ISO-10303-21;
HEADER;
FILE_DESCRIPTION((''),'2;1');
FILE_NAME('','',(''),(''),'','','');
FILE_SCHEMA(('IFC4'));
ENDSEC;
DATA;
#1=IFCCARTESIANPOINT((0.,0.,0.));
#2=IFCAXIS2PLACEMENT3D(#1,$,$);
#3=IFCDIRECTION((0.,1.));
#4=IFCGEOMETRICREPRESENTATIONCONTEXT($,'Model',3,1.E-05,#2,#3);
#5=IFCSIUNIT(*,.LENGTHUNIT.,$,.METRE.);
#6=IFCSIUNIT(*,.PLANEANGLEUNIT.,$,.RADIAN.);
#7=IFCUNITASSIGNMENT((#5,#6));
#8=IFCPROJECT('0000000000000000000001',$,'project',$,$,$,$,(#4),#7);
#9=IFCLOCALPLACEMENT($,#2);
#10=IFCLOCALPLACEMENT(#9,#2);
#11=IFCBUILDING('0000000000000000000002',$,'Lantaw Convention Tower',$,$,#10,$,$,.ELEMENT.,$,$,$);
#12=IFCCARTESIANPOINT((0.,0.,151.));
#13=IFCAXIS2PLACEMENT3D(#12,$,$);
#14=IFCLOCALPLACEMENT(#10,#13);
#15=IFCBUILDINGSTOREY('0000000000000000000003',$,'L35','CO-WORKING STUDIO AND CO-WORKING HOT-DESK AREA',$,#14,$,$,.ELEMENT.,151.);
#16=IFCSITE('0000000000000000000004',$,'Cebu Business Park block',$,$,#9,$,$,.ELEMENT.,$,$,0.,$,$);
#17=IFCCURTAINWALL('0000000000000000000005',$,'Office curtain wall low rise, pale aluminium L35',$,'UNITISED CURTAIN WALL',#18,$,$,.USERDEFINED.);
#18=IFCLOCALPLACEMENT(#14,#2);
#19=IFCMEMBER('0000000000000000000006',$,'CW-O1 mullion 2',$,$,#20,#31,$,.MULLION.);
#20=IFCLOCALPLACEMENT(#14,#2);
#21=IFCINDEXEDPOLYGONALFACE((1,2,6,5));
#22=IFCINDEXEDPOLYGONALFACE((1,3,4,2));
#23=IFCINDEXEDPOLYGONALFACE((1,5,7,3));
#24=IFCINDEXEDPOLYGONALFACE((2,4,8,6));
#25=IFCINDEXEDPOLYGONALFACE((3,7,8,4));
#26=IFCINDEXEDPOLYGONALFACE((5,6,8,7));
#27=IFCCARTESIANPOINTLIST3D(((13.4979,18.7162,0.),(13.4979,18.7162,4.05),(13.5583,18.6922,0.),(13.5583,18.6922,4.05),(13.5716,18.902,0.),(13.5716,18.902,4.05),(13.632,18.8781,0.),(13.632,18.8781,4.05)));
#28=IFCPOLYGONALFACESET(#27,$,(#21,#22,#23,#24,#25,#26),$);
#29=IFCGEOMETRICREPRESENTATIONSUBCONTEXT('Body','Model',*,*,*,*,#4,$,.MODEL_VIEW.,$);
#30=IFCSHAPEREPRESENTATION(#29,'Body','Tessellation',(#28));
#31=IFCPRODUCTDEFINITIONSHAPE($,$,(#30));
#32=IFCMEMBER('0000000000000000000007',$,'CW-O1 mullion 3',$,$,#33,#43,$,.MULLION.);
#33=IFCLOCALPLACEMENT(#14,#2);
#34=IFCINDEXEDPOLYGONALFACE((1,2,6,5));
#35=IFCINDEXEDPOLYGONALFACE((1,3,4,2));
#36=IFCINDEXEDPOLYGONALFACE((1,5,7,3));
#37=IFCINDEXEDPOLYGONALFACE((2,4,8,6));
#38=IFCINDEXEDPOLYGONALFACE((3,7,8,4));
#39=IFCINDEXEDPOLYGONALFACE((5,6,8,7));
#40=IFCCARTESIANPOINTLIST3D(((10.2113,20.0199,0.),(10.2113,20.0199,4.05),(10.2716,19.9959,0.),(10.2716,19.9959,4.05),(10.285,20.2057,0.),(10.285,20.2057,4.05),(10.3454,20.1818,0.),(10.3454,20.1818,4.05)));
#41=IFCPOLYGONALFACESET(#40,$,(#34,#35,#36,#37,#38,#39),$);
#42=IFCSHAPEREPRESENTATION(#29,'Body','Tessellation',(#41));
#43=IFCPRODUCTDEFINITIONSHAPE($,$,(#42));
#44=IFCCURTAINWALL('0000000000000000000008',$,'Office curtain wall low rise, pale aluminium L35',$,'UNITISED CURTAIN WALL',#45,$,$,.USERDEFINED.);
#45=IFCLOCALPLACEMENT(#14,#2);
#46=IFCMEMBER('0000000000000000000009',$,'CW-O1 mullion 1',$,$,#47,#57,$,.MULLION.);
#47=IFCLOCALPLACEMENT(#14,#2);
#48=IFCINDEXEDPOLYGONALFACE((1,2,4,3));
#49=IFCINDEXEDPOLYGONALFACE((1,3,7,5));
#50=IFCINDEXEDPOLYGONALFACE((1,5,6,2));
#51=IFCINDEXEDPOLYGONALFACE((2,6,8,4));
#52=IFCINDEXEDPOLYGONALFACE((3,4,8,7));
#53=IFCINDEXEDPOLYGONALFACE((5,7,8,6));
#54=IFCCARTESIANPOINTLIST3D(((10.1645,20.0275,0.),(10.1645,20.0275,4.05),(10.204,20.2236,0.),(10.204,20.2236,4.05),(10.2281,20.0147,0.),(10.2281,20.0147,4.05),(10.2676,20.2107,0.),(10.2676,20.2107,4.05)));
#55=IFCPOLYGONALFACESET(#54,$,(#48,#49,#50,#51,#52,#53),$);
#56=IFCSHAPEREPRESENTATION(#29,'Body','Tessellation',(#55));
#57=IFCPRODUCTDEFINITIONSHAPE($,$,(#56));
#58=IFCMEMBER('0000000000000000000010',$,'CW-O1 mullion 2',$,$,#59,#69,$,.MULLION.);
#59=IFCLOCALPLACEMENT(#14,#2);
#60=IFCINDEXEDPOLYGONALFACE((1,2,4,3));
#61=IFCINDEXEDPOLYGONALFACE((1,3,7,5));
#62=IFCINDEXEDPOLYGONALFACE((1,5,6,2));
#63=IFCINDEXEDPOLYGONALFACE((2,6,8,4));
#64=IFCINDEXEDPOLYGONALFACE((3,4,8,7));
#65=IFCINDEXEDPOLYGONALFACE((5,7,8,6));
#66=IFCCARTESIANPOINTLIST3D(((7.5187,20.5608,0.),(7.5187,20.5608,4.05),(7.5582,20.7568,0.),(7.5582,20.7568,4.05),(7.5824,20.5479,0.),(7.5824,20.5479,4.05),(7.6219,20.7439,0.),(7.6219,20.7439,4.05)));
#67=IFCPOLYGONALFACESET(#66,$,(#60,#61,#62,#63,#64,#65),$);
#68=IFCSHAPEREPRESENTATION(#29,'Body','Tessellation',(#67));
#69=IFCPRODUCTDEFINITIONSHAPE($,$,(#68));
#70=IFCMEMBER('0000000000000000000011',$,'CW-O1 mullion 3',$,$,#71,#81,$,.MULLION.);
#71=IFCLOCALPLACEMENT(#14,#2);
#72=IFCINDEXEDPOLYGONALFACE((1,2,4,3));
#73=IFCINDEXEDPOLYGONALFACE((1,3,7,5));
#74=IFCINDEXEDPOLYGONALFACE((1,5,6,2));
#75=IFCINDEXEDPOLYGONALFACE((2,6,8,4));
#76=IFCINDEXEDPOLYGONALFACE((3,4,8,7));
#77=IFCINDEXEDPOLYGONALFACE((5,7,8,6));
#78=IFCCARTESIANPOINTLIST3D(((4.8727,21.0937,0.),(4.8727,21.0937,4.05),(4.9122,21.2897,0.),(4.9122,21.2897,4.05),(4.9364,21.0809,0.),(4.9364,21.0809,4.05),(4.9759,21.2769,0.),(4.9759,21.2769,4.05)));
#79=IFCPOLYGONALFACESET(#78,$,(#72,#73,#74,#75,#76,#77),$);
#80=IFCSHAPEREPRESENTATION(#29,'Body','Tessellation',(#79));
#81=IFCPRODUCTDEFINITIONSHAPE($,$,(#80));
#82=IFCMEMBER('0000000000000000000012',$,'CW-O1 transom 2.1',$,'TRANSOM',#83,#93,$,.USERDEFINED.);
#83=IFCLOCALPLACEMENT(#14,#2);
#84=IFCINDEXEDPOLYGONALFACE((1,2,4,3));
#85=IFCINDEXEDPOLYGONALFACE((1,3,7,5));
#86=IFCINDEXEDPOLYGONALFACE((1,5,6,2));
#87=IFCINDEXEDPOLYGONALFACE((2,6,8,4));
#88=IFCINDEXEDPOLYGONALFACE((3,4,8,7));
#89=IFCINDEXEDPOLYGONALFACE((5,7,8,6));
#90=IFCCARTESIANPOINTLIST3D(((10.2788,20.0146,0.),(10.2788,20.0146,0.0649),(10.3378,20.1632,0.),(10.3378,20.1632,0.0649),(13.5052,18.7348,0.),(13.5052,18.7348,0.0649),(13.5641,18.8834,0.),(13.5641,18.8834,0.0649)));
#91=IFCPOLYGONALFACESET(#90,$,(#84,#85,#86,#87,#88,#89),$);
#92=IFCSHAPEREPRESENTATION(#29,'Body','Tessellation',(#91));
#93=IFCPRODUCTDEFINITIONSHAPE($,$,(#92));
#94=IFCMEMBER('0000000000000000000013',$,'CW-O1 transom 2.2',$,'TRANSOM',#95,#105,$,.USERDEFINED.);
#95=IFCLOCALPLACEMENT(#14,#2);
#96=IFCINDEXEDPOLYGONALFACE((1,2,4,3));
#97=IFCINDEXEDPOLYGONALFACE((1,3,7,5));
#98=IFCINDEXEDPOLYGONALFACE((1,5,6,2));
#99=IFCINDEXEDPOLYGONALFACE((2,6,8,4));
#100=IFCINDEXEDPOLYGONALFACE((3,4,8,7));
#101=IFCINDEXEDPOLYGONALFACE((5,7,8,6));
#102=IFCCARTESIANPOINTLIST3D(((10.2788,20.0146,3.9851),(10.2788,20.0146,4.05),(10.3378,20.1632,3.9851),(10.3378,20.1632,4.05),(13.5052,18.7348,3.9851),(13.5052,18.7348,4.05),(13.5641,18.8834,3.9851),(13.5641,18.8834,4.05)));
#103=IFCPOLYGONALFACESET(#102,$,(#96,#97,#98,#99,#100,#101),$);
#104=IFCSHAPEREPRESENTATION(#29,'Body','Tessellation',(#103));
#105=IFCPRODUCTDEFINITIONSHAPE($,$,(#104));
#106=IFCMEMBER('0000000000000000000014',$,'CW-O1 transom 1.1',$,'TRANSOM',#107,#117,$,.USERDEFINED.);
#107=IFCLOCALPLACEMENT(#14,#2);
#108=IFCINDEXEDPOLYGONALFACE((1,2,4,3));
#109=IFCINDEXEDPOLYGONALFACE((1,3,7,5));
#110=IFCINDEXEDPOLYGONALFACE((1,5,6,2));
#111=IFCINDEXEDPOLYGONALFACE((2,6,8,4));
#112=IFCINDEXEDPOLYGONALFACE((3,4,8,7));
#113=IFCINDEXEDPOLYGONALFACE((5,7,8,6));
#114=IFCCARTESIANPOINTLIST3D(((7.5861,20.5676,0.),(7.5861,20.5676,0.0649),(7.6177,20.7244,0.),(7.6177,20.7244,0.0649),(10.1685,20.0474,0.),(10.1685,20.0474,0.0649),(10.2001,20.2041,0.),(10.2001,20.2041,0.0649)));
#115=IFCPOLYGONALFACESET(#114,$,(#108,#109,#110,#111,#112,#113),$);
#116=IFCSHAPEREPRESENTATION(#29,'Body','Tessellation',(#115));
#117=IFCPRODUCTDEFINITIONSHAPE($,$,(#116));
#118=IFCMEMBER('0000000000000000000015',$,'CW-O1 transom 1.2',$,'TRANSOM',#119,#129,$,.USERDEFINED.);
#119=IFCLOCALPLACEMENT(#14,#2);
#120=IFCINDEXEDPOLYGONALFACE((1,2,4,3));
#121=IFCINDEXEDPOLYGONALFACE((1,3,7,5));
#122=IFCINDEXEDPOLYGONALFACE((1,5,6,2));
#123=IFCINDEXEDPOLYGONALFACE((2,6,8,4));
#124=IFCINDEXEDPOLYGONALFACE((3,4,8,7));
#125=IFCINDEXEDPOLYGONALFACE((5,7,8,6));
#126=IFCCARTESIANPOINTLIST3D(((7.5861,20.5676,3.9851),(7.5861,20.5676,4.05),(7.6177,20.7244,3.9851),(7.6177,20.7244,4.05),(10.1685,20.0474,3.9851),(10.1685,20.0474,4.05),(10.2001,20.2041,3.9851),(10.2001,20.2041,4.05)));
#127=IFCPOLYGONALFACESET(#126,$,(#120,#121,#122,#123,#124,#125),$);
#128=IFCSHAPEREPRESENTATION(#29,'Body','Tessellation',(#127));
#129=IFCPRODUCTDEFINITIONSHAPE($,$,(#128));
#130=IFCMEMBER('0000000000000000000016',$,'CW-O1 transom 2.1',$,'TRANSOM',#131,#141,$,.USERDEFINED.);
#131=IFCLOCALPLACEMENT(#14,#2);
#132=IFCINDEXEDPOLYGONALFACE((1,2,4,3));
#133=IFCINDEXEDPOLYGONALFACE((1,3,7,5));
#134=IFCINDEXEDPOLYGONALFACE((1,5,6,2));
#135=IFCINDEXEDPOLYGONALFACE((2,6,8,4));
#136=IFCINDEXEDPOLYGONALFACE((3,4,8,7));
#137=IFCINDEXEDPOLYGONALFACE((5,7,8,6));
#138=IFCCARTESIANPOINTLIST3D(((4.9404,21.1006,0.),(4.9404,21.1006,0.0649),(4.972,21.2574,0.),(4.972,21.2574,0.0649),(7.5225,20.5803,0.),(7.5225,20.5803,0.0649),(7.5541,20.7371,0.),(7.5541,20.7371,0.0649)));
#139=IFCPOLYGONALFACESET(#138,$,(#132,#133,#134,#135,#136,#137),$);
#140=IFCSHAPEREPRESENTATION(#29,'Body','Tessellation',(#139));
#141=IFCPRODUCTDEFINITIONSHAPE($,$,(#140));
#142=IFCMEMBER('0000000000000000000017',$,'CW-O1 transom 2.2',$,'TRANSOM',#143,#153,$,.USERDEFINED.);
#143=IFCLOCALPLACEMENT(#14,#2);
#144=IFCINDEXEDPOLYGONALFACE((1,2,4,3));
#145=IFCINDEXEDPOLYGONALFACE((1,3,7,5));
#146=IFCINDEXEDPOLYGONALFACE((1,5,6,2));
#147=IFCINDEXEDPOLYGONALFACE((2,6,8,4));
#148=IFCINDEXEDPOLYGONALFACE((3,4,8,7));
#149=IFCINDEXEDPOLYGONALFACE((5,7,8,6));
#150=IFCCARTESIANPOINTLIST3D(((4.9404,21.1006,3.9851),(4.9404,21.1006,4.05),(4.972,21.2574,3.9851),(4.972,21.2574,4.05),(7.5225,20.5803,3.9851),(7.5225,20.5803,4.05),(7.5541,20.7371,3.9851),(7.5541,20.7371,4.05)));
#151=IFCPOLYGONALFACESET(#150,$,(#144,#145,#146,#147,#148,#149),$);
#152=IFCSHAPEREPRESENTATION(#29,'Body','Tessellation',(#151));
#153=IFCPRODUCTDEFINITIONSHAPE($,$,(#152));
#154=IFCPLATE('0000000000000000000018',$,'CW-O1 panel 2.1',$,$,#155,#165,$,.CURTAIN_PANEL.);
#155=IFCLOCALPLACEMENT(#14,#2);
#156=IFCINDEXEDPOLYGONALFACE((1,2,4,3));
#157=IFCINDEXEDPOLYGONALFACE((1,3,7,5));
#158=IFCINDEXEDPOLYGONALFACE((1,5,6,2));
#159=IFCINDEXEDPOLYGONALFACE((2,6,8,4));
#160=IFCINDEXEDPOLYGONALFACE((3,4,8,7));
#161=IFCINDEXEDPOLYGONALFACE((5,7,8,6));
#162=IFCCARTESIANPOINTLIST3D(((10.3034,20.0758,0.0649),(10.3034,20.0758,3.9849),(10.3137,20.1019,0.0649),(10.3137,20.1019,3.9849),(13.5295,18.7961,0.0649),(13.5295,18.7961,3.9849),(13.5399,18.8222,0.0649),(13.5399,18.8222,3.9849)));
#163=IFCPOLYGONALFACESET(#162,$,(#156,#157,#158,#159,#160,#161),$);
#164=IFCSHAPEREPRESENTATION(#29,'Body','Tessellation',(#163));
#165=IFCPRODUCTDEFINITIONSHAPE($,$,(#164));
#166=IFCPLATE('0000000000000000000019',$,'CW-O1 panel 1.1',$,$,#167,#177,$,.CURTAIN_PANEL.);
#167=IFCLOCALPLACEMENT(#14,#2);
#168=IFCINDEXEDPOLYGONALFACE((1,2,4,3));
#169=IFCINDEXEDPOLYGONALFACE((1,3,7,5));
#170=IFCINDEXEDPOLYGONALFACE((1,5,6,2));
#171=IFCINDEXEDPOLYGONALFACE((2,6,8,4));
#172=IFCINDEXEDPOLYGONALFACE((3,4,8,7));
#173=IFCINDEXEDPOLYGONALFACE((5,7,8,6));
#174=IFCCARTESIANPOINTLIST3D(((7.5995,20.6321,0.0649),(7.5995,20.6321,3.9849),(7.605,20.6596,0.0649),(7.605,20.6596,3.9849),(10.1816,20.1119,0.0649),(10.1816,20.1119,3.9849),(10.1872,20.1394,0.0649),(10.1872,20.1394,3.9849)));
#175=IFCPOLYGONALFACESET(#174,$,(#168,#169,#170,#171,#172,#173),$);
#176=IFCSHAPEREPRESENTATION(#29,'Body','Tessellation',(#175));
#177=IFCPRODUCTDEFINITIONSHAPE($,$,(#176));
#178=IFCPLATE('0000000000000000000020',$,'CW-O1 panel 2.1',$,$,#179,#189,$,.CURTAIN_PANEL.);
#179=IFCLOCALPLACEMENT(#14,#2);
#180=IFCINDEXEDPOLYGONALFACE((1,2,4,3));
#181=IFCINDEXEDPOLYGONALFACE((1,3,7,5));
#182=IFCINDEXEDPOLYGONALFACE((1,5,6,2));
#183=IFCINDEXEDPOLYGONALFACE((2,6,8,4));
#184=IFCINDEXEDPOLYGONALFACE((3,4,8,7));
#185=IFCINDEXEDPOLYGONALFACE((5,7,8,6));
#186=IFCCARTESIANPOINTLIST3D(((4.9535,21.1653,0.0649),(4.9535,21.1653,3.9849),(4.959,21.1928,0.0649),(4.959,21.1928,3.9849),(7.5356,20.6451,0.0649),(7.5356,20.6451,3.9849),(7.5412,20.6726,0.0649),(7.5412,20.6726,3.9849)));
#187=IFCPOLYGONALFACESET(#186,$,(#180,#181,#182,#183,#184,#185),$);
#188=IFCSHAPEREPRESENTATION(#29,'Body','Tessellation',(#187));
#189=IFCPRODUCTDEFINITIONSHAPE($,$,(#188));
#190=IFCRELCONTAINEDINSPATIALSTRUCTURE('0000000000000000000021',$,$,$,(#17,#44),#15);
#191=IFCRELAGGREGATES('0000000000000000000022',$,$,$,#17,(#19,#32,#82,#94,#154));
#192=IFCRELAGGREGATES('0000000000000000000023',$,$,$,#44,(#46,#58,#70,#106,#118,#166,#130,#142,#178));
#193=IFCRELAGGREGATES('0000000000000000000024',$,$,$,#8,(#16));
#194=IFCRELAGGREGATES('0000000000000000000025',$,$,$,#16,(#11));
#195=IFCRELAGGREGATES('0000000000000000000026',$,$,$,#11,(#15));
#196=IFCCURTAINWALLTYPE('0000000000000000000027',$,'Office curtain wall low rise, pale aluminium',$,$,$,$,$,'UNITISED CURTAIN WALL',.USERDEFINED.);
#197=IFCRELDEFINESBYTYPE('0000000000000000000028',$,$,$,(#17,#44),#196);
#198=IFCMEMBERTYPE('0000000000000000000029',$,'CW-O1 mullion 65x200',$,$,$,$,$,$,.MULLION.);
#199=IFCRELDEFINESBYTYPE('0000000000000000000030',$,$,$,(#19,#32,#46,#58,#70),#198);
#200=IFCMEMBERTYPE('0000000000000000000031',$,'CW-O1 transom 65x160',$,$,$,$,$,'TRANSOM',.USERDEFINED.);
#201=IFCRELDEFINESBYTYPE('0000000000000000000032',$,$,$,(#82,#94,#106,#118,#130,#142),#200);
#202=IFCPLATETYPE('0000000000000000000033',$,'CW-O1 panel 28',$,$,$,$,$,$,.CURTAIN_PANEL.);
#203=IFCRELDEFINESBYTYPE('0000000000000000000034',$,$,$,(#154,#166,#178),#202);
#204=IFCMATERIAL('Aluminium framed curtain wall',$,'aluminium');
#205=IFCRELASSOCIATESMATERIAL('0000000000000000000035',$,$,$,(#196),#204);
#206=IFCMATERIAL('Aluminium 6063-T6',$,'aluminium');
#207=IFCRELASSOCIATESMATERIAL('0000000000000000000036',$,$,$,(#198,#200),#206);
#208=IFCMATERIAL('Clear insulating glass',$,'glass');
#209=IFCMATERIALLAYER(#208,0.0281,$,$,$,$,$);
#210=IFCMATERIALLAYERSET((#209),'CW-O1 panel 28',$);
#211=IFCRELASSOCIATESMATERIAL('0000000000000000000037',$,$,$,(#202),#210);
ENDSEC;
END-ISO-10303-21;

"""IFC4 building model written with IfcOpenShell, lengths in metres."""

from ifc_helpers import new_model, si_unit, direction, frame, origin, origin_2d, place, context, subcontext, project, spatial, rectangle, extrude, material, layer, layer_set, material_profile, profile_set, type_object, element, aggregate, save


model = new_model("IFC4")

# Units and contexts
model_context = context("Model", 3, precision=1e-05, world=origin(), true_north=direction((0.0, 1.0)))
body_context = subcontext(model_context, "Body", "Model", "MODEL_VIEW")
ifc_project = project(units=[si_unit("LENGTHUNIT", "METRE"), si_unit("PLANEANGLEUNIT", "RADIAN")], contexts=[model_context])

# Site, building, storey
site_placement = place(None, origin())
site = spatial("IfcSite", under=ifc_project, at=site_placement, Name="Cebu Business Park block", CompositionType="ELEMENT", RefElevation=0.0)
building_placement = place(site_placement, origin())
building = spatial("IfcBuilding", under=site, at=building_placement, Name="Lantaw Convention Tower", CompositionType="ELEMENT")
storey_placement = place(building_placement, frame((0.0, 0.0, 151.0)))
storey = spatial("IfcBuildingStorey", under=building, at=storey_placement, Name="L35", Description="CO-WORKING STUDIO AND CO-WORKING HOT-DESK AREA", CompositionType="ELEMENT", Elevation=151.0)

# Curtain walls, members
ifc_material_1 = material(Name="Aluminium framed curtain wall", Category="aluminium")
curtain_wall_type = type_object("IfcCurtainWallType", Name="Office curtain wall low rise, pale aluminium", ElementType="UNITISED CURTAIN WALL", PredefinedType="USERDEFINED", material=ifc_material_1)
curtain_wall_1_placement = place(storey_placement, origin())
curtain_wall_1 = element("IfcCurtainWall", 1, at=curtain_wall_1_placement, inside=storey, type_object=curtain_wall_type, Name="Office curtain wall low rise, pale aluminium L35", ObjectType="UNITISED CURTAIN WALL", PredefinedType="USERDEFINED")
ifc_material_2 = material(Name="Aluminium 6063-T6", Category="aluminium")
ifc_material_profile_1 = material_profile(ifc_material_2, rectangle(XDim=0.2, YDim=0.0649, at=origin_2d()), Name="CW-O1 mullion 65x200")
ifc_profile_set_1 = profile_set([ifc_material_profile_1], Name="Aluminium 6063-T6")
member_type_1 = type_object("IfcMemberType", Name="CW-O1 mullion 65x200", PredefinedType="MULLION", material=ifc_profile_set_1)
member_1_placement = place(storey_placement, frame((13.5649, 18.7971, 0.0), z_axis=(0.0, 0.0, 1.0), x_axis=(-0.368702, -0.929548, 0.0)))
member_1 = element("IfcMember", 2, at=member_1_placement, type_object=member_type_1, Name="CW-O1 mullion 2", PredefinedType="MULLION", context=body_context, shape_type="SweptSolid", body=[
    extrude(rectangle(XDim=0.2, YDim=0.0649, at=origin_2d()), origin(), (0.0, 0.0, 1.0), 4.05),
])
member_2_placement = place(storey_placement, frame((10.2783, 20.1008, 0.0), z_axis=(0.0, 0.0, 1.0), x_axis=(-0.368702, -0.929548, 0.0)))
member_2 = element("IfcMember", 3, at=member_2_placement, type_object=member_type_1, Name="CW-O1 mullion 3", PredefinedType="MULLION", context=body_context, shape_type="SweptSolid", body=[
    extrude(rectangle(XDim=0.2, YDim=0.0649, at=origin_2d()), origin(), (0.0, 0.0, 1.0), 4.05),
])
curtain_wall_2_placement = place(storey_placement, origin())
curtain_wall_2 = element("IfcCurtainWall", 4, at=curtain_wall_2_placement, inside=storey, type_object=curtain_wall_type, Name="Office curtain wall low rise, pale aluminium L35", ObjectType="UNITISED CURTAIN WALL", PredefinedType="USERDEFINED")
member_3_placement = place(storey_placement, frame((10.2161, 20.1191, 0.0), z_axis=(0.0, 0.0, 1.0), x_axis=(-0.197507, -0.980302, 0.0)))
member_3 = element("IfcMember", 5, at=member_3_placement, type_object=member_type_1, Name="CW-O1 mullion 1", PredefinedType="MULLION", context=body_context, shape_type="SweptSolid", body=[
    extrude(rectangle(XDim=0.2, YDim=0.0649, at=origin_2d()), origin(), (0.0, 0.0, 1.0), 4.05),
])
member_4_placement = place(storey_placement, frame((7.5703, 20.6523, 0.0), z_axis=(0.0, 0.0, 1.0), x_axis=(-0.197507, -0.980302, 0.0)))
member_4 = element("IfcMember", 6, at=member_4_placement, type_object=member_type_1, Name="CW-O1 mullion 2", PredefinedType="MULLION", context=body_context, shape_type="SweptSolid", body=[
    extrude(rectangle(XDim=0.2, YDim=0.0649, at=origin_2d()), origin(), (0.0, 0.0, 1.0), 4.05),
])
member_5_placement = place(storey_placement, frame((4.9243, 21.1853, 0.0), z_axis=(0.0, 0.0, 1.0), x_axis=(-0.197507, -0.980302, 0.0)))
member_5 = element("IfcMember", 7, at=member_5_placement, type_object=member_type_1, Name="CW-O1 mullion 3", PredefinedType="MULLION", context=body_context, shape_type="SweptSolid", body=[
    extrude(rectangle(XDim=0.2, YDim=0.0649, at=origin_2d()), origin(), (0.0, 0.0, 1.0), 4.05),
])

# Members
ifc_material_profile_2 = material_profile(ifc_material_2, rectangle(XDim=0.1599, YDim=0.0649, at=origin_2d()), Name="CW-O1 transom 65x160")
ifc_profile_set_2 = profile_set([ifc_material_profile_2], Name="Aluminium 6063-T6")
member_type_2 = type_object("IfcMemberType", Name="CW-O1 transom 65x160", ElementType="TRANSOM", PredefinedType="USERDEFINED", material=ifc_profile_set_2)
member_6_placement = place(storey_placement, frame((13.5347, 18.8091, 0.0325), z_axis=(-0.92954, 0.368721, 0.0), x_axis=(-0.368721, -0.92954, 0.0)))
member_6 = element("IfcMember", 8, at=member_6_placement, type_object=member_type_2, Name="CW-O1 transom 2.1", ObjectType="TRANSOM", PredefinedType="USERDEFINED", context=body_context, shape_type="SweptSolid", body=[
    extrude(rectangle(XDim=0.1599, YDim=0.0649, at=origin_2d()), origin(), (0.0, 0.0, 1.0), 3.4709),
])
member_7_placement = place(storey_placement, frame((13.5347, 18.8091, 4.0176), z_axis=(-0.92954, 0.368721, 0.0), x_axis=(-0.368721, -0.92954, 0.0)))
member_7 = element("IfcMember", 9, at=member_7_placement, type_object=member_type_2, Name="CW-O1 transom 2.2", ObjectType="TRANSOM", PredefinedType="USERDEFINED", context=body_context, shape_type="SweptSolid", body=[
    extrude(rectangle(XDim=0.1599, YDim=0.0649, at=origin_2d()), origin(), (0.0, 0.0, 1.0), 3.4709),
])
member_8_placement = place(storey_placement, frame((10.1843, 20.1257, 0.0325), z_axis=(-0.980302, 0.197506, 0.0), x_axis=(-0.197506, -0.980302, 0.0)))
member_8 = element("IfcMember", 10, at=member_8_placement, type_object=member_type_2, Name="CW-O1 transom 1.1", ObjectType="TRANSOM", PredefinedType="USERDEFINED", context=body_context, shape_type="SweptSolid", body=[
    extrude(rectangle(XDim=0.1599, YDim=0.0649, at=origin_2d()), origin(), (0.0, 0.0, 1.0), 2.6343),
])
member_9_placement = place(storey_placement, frame((10.1843, 20.1257, 4.0176), z_axis=(-0.980302, 0.197506, 0.0), x_axis=(-0.197506, -0.980302, 0.0)))
member_9 = element("IfcMember", 11, at=member_9_placement, type_object=member_type_2, Name="CW-O1 transom 1.2", ObjectType="TRANSOM", PredefinedType="USERDEFINED", context=body_context, shape_type="SweptSolid", body=[
    extrude(rectangle(XDim=0.1599, YDim=0.0649, at=origin_2d()), origin(), (0.0, 0.0, 1.0), 2.6343),
])
member_10_placement = place(storey_placement, frame((7.5383, 20.6587, 0.0325), z_axis=(-0.980298, 0.197524, 0.0), x_axis=(-0.197524, -0.980298, 0.0)))
member_10 = element("IfcMember", 12, at=member_10_placement, type_object=member_type_2, Name="CW-O1 transom 2.1", ObjectType="TRANSOM", PredefinedType="USERDEFINED", context=body_context, shape_type="SweptSolid", body=[
    extrude(rectangle(XDim=0.1599, YDim=0.0649, at=origin_2d()), origin(), (0.0, 0.0, 1.0), 2.634),
])
member_11_placement = place(storey_placement, frame((7.5383, 20.6587, 4.0176), z_axis=(-0.980298, 0.197524, 0.0), x_axis=(-0.197524, -0.980298, 0.0)))
member_11 = element("IfcMember", 13, at=member_11_placement, type_object=member_type_2, Name="CW-O1 transom 2.2", ObjectType="TRANSOM", PredefinedType="USERDEFINED", context=body_context, shape_type="SweptSolid", body=[
    extrude(rectangle(XDim=0.1599, YDim=0.0649, at=origin_2d()), origin(), (0.0, 0.0, 1.0), 2.634),
])

# Plates
ifc_material_3 = material(Name="Clear insulating glass", Category="glass")
ifc_layer_1 = layer(ifc_material_3, 0.0281)
ifc_layer_set_1 = layer_set([ifc_layer_1], Name="CW-O1 panel 28")
plate_type_1 = type_object("IfcPlateType", Name="CW-O1 panel 28", PredefinedType="CURTAIN_PANEL", material=ifc_layer_set_1)
plate_1_placement = place(storey_placement, frame((11.9216, 19.449, 0.0649), z_axis=(0.0, 0.0, 1.0), x_axis=(-0.929548, 0.368702, 0.0)))
plate_1 = element("IfcPlate", 14, at=plate_1_placement, type_object=plate_type_1, Name="CW-O1 panel 2.1", PredefinedType="CURTAIN_PANEL", context=body_context, shape_type="SweptSolid", body=[
    extrude(rectangle(XDim=3.4707, YDim=0.0281, at=origin_2d()), origin(), (0.0, 0.0, 1.0), 3.9199),
])
aggregate(curtain_wall_1, [member_1, member_2, member_6, member_7, plate_1])
plate_2_placement = place(storey_placement, frame((8.8933, 20.3857, 0.0649), z_axis=(0.0, 0.0, 1.0), x_axis=(-0.980302, 0.197507, 0.0)))
plate_2 = element("IfcPlate", 15, at=plate_2_placement, type_object=plate_type_1, Name="CW-O1 panel 1.1", PredefinedType="CURTAIN_PANEL", context=body_context, shape_type="SweptSolid", body=[
    extrude(rectangle(XDim=2.634, YDim=0.0281, at=origin_2d()), origin(), (0.0, 0.0, 1.0), 3.9199),
])
plate_3_placement = place(storey_placement, frame((6.2473, 20.9189, 0.0649), z_axis=(0.0, 0.0, 1.0), x_axis=(-0.980302, 0.197507, 0.0)))
plate_3 = element("IfcPlate", 16, at=plate_3_placement, type_object=plate_type_1, Name="CW-O1 panel 2.1", PredefinedType="CURTAIN_PANEL", context=body_context, shape_type="SweptSolid", body=[
    extrude(rectangle(XDim=2.634, YDim=0.0281, at=origin_2d()), origin(), (0.0, 0.0, 1.0), 3.9199),
])
aggregate(curtain_wall_2, [member_3, member_4, member_5, member_8, member_9, plate_2, member_10, member_11, plate_3])

save(model, "model.ifc")
